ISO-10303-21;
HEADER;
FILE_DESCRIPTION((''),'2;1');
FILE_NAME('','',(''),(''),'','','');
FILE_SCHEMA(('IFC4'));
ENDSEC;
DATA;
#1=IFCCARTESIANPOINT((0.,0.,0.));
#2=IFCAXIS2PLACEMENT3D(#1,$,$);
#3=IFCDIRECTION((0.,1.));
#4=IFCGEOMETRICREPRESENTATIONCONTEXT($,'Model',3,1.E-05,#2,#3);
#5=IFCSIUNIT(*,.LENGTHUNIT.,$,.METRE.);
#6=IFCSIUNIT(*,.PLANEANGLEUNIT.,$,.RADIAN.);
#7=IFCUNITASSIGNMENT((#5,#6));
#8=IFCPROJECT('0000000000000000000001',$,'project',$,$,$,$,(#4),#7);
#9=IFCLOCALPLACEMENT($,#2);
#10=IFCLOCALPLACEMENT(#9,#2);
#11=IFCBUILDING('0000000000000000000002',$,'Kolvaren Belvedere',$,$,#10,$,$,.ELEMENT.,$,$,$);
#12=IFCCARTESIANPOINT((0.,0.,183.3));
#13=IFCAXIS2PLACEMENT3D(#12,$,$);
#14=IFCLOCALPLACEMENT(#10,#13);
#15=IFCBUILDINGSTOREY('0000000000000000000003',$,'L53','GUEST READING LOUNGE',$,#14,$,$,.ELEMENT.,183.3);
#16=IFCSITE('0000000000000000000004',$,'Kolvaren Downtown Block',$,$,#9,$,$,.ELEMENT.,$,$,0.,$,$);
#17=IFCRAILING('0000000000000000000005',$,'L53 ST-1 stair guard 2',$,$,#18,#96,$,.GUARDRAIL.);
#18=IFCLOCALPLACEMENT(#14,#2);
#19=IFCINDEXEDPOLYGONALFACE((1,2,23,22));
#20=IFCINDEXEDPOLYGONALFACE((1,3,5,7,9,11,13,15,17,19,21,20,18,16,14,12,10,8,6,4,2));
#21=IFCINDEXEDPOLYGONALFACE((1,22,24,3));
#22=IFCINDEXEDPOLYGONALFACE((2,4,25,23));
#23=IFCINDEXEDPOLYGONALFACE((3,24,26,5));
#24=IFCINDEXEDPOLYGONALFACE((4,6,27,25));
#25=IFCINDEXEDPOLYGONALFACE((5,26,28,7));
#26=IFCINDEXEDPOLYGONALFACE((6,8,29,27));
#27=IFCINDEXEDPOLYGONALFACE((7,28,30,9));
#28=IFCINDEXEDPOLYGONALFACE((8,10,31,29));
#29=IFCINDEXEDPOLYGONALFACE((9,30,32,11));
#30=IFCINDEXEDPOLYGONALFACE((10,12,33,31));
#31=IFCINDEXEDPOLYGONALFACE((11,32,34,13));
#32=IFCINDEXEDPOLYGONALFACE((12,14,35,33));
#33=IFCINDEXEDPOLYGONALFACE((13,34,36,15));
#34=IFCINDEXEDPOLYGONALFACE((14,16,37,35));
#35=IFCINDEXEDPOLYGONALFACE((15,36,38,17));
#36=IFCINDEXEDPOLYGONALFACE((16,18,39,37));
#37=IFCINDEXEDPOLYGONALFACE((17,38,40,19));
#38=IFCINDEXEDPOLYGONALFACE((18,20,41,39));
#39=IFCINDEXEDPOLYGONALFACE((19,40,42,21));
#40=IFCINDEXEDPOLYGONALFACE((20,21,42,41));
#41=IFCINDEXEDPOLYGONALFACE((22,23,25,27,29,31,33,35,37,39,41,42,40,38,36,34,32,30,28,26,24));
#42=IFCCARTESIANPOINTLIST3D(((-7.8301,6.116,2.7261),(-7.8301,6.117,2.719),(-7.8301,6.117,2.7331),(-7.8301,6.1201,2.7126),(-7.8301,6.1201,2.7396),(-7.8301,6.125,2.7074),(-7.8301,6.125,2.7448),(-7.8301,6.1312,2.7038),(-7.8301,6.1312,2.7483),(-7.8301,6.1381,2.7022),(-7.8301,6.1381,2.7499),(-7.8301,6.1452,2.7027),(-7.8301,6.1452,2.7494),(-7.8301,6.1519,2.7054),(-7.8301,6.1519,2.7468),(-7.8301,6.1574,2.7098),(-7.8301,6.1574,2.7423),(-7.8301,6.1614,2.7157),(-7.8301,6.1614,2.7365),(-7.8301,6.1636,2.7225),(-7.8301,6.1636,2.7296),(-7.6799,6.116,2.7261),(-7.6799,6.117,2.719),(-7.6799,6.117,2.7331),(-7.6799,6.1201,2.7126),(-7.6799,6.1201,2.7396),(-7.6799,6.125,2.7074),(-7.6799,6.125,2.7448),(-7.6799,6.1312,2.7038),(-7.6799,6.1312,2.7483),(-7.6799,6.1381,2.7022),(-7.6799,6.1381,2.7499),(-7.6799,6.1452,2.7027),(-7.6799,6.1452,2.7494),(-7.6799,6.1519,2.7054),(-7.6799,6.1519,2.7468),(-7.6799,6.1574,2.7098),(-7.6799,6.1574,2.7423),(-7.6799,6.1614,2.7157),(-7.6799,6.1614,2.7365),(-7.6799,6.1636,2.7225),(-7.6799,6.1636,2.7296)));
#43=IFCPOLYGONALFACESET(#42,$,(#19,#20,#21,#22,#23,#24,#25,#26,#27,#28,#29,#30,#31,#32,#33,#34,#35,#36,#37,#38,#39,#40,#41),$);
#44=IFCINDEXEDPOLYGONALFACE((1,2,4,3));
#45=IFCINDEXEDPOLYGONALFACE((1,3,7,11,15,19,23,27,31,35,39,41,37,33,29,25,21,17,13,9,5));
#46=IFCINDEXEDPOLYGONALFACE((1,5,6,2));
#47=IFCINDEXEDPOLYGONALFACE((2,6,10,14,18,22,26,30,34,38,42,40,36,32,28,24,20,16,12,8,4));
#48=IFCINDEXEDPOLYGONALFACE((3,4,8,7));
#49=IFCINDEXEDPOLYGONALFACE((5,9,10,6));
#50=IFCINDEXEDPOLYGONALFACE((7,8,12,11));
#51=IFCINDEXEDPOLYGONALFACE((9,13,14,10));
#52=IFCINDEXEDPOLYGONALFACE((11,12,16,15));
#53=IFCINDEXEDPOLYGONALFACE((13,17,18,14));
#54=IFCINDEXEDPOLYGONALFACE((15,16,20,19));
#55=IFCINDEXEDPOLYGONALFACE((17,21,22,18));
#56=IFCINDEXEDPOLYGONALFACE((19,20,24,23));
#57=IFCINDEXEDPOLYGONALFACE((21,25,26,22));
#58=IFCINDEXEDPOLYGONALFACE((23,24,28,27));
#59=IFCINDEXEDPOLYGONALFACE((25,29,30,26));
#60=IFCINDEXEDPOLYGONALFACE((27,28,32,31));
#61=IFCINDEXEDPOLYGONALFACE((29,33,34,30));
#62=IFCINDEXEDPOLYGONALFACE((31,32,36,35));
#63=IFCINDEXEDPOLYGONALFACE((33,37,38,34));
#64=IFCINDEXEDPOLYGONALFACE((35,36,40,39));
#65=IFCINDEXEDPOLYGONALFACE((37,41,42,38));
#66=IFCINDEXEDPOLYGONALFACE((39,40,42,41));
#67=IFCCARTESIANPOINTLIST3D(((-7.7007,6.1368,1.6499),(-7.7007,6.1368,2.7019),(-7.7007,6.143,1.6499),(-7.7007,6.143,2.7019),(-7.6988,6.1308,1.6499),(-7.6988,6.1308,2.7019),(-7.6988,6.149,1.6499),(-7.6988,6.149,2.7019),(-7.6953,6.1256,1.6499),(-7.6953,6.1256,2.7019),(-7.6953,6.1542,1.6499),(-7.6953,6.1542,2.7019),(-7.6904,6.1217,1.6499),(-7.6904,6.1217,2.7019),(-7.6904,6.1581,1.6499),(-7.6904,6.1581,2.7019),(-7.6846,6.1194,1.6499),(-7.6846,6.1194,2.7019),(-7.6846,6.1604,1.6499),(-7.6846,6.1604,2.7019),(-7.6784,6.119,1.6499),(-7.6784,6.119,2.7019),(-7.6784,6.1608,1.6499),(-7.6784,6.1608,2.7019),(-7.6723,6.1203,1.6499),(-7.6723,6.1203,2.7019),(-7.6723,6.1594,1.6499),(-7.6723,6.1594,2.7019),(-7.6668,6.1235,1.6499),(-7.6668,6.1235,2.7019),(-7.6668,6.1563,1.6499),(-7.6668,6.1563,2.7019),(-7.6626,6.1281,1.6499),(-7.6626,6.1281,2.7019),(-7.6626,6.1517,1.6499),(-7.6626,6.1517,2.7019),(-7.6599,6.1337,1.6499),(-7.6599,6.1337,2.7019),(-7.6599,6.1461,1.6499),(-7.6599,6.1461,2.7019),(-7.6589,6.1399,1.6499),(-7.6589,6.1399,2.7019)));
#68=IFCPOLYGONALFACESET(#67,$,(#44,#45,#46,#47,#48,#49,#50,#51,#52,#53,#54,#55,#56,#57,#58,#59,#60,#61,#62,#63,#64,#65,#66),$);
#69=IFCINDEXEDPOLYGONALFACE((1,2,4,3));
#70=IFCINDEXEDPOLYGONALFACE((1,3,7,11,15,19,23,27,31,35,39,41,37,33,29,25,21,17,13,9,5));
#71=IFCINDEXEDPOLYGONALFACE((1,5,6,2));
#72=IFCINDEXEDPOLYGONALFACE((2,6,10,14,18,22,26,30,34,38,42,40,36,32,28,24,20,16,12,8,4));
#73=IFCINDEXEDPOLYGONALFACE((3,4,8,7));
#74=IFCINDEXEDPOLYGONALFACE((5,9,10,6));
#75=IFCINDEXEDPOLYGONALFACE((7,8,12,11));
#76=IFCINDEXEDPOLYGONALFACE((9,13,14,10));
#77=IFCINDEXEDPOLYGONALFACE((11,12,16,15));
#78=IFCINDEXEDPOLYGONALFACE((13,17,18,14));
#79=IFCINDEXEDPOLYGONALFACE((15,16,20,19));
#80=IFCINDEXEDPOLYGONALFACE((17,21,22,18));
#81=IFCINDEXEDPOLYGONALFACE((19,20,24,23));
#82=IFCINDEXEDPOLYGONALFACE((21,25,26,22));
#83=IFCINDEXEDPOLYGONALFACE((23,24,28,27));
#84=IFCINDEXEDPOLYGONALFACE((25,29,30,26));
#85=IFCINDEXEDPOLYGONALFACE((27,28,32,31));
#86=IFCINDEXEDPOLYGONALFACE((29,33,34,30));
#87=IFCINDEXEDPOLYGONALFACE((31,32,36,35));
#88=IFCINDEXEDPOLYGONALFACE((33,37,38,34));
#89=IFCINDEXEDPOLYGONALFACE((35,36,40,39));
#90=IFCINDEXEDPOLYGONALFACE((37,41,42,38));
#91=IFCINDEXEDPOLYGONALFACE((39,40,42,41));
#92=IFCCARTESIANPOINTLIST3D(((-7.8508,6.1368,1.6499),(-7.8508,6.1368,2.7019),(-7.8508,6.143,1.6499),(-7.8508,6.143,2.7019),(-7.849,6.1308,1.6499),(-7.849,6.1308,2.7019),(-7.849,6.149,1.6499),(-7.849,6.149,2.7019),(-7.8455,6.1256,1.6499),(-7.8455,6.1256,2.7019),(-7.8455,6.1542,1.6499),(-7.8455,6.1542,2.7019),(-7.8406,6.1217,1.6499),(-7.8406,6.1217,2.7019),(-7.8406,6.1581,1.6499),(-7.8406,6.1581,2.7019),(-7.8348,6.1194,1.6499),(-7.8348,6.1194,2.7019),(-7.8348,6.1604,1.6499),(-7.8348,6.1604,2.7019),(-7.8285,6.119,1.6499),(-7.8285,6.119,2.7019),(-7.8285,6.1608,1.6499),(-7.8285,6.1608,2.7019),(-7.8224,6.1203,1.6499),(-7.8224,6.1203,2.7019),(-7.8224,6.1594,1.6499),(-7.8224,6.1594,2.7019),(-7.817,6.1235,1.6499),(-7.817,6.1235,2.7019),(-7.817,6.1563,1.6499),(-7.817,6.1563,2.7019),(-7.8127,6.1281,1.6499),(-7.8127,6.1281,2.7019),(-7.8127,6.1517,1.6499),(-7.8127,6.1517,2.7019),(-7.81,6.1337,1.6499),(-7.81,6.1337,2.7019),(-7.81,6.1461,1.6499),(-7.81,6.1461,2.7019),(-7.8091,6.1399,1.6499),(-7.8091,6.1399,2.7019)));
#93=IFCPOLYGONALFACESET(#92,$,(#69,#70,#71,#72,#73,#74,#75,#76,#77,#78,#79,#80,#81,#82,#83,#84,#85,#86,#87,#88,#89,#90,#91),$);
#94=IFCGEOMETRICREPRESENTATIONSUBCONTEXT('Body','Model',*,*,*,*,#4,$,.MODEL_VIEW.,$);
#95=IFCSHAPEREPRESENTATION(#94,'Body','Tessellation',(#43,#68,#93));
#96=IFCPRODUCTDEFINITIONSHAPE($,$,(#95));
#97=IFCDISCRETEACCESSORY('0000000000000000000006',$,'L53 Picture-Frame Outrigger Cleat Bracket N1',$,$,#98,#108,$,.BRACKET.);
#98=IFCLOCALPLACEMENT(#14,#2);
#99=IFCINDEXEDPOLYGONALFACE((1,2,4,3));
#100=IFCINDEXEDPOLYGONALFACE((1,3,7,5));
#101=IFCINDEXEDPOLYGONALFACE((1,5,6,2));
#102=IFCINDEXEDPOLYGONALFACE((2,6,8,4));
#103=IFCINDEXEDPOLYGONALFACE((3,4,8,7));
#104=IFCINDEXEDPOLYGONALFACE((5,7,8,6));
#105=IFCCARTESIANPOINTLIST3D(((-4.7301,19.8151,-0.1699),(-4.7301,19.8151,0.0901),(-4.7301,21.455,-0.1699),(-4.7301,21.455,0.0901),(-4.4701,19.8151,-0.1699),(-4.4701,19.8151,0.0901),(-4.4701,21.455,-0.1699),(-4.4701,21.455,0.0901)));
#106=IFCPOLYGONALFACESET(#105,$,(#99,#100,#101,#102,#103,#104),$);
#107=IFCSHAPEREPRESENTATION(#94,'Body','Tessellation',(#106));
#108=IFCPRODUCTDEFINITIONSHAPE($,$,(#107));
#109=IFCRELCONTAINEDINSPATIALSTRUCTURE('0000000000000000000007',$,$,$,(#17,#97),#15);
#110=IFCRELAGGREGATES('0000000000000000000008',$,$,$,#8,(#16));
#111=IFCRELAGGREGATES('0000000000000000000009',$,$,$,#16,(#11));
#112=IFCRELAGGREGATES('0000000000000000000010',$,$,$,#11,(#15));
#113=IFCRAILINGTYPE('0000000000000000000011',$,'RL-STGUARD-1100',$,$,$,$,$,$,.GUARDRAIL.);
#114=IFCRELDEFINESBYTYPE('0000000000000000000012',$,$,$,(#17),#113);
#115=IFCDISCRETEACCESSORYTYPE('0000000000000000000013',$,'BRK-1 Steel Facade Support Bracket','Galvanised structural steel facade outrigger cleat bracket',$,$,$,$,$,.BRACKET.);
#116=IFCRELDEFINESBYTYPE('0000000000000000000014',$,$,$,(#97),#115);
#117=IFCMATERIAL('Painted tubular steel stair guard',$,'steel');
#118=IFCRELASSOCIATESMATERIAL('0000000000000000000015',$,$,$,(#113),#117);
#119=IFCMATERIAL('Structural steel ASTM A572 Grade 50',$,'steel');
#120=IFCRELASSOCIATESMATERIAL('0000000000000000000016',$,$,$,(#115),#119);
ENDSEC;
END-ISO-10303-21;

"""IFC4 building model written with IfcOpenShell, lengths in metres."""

from ifc_helpers import new_model, si_unit, direction, frame, origin, origin_2d, place, context, subcontext, project, spatial, rectangle, circle, extrude, material, type_object, element, save


model = new_model("IFC4")

# Units and contexts
model_context = context("Model", 3, precision=1e-05, world=origin(), true_north=direction((0.0, 1.0)))
body_context = subcontext(model_context, "Body", "Model", "MODEL_VIEW")
ifc_project = project(units=[si_unit("LENGTHUNIT", "METRE"), si_unit("PLANEANGLEUNIT", "RADIAN")], contexts=[model_context])

# Site, building, storey
site_placement = place(None, origin())
site = spatial("IfcSite", under=ifc_project, at=site_placement, Name="Kolvaren Downtown Block", CompositionType="ELEMENT", RefElevation=0.0)
building_placement = place(site_placement, origin())
building = spatial("IfcBuilding", under=site, at=building_placement, Name="Kolvaren Belvedere", CompositionType="ELEMENT")
storey_placement = place(building_placement, frame((0.0, 0.0, 183.3)))
storey = spatial("IfcBuildingStorey", under=building, at=storey_placement, Name="L53", Description="GUEST READING LOUNGE", CompositionType="ELEMENT", Elevation=183.3)

# Railing
ifc_material_1 = material(Name="Painted tubular steel stair guard", Category="steel")
railing_type = type_object("IfcRailingType", Name="RL-STGUARD-1100", PredefinedType="GUARDRAIL", material=ifc_material_1)
railing_placement = place(storey_placement, frame((-7.6799, 6.1399, 1.6499)))
element("IfcRailing", 1, at=railing_placement, inside=storey, type_object=railing_type, Name="L53 ST-1 stair guard 2", PredefinedType="GUARDRAIL", context=body_context, shape_type="SweptSolid", body=[
    extrude(circle(Radius=0.0239, at=origin_2d()), frame((0.0, 0.0, 1.0762), z_axis=(-1.0, 0.0, 0.0), x_axis=(0.0, -1.0, 0.0)), (0.0, 0.0, 1.0), 0.1501),
    extrude(circle(Radius=0.021, at=origin_2d()), origin(), (0.0, 0.0, 1.0), 1.052),
    extrude(circle(Radius=0.021, at=origin_2d()), frame((-0.1501, 0.0, 0.0)), (0.0, 0.0, 1.0), 1.052),
])

# Discrete accessory
ifc_material_2 = material(Name="Structural steel ASTM A572 Grade 50", Category="steel")
discrete_accessory_type = type_object("IfcDiscreteAccessoryType", Name="BRK-1 Steel Facade Support Bracket", Description="Galvanised structural steel facade outrigger cleat bracket", PredefinedType="BRACKET", material=ifc_material_2)
discrete_accessory_placement = place(storey_placement, frame((-4.6001, 20.635, -0.1699), z_axis=(0.0, 0.0, 1.0), x_axis=(0.0, 1.0, 0.0)))
element("IfcDiscreteAccessory", 2, at=discrete_accessory_placement, inside=storey, type_object=discrete_accessory_type, Name="L53 Picture-Frame Outrigger Cleat Bracket N1", PredefinedType="BRACKET", context=body_context, shape_type="SweptSolid", body=[
    extrude(rectangle(XDim=1.6399, YDim=0.26, at=origin_2d()), origin(), (0.0, 0.0, 1.0), 0.26),
])

save(model, "model.ifc")
